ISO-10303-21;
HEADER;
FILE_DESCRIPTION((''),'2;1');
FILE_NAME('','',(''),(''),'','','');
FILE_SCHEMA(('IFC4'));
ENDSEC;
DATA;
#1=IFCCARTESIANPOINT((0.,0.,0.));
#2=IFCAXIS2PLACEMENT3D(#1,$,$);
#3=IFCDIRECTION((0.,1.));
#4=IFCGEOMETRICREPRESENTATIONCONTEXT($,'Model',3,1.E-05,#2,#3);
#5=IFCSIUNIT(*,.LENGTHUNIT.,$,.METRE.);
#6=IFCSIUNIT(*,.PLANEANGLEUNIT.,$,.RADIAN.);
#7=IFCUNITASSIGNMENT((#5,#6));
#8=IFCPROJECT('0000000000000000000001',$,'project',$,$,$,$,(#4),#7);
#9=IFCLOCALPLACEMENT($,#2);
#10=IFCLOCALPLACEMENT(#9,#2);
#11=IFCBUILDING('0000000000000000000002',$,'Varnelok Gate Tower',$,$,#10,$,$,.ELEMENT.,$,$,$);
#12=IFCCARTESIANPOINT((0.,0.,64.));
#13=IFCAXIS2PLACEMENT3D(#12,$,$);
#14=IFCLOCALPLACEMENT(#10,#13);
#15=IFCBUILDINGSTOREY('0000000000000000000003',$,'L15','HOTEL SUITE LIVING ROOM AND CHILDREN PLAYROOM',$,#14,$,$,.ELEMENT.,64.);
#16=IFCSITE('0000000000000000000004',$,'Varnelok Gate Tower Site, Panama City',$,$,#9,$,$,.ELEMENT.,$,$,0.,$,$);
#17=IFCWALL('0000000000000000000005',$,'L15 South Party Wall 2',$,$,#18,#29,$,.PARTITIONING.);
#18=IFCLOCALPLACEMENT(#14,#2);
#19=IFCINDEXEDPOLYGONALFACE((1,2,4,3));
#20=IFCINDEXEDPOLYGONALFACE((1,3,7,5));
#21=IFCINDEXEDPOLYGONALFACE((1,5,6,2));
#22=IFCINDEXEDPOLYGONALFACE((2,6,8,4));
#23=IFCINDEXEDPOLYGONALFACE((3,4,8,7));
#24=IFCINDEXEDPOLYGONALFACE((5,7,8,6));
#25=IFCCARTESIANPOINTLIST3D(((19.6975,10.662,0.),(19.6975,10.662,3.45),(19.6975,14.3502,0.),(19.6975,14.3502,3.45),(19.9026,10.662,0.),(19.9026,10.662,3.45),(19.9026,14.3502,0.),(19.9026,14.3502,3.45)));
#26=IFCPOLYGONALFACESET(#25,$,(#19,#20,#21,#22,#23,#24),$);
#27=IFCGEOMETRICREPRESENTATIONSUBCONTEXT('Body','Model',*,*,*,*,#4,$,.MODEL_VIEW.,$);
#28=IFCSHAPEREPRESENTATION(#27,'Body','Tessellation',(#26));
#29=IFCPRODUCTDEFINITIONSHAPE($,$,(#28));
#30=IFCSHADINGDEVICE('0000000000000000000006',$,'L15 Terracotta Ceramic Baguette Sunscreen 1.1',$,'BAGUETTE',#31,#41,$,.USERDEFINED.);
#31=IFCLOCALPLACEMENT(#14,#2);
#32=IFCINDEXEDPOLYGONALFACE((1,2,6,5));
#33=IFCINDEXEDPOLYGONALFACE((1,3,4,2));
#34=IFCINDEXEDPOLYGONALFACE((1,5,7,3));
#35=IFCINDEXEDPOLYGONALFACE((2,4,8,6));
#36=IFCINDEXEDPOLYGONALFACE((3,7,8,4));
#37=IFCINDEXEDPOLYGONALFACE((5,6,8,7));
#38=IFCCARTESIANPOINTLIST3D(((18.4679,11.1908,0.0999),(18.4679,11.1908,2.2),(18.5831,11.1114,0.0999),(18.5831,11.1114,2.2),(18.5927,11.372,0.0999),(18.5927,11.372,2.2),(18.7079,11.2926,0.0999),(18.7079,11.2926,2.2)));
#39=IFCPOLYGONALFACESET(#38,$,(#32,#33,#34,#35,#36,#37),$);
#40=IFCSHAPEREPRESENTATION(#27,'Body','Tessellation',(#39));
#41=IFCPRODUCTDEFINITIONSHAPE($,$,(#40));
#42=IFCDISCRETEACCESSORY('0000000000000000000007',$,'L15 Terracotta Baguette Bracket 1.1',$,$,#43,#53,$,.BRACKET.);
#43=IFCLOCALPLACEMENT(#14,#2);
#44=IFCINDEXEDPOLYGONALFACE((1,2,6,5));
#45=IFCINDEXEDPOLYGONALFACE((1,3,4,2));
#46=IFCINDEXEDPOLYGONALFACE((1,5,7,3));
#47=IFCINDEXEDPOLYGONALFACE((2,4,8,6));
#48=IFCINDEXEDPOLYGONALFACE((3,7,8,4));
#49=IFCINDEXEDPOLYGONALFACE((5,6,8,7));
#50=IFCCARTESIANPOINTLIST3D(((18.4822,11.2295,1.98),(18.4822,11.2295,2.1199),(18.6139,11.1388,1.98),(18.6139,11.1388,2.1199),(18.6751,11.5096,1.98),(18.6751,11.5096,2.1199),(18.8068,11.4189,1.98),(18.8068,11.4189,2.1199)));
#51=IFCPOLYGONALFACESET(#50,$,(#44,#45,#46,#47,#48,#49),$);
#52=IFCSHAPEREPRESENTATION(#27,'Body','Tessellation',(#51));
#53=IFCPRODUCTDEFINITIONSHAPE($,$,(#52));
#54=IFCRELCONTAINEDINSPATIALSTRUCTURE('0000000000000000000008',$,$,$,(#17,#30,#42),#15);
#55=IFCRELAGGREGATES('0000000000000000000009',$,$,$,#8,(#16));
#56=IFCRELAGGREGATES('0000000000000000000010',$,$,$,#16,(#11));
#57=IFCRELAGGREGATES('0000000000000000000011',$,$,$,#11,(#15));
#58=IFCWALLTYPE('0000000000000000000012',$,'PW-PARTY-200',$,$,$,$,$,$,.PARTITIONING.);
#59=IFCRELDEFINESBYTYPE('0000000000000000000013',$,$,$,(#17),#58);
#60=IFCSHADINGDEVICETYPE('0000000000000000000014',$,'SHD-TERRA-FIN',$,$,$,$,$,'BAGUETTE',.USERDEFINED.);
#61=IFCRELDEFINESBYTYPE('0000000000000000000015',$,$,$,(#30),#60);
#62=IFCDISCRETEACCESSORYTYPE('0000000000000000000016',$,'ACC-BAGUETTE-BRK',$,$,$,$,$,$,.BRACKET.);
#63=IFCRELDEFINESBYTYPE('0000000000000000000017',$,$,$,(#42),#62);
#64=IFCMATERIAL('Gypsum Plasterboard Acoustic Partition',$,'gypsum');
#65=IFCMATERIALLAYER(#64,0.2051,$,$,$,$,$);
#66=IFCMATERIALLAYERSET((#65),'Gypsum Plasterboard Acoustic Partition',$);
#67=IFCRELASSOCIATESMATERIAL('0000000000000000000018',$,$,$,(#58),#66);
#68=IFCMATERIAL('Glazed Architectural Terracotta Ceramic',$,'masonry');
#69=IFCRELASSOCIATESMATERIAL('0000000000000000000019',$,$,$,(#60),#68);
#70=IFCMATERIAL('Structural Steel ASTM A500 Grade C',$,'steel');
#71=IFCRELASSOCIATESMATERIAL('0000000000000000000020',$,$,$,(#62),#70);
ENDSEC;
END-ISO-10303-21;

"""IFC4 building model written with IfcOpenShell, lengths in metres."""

from ifc_helpers import new_model, si_unit, direction, frame, frame_2d, origin, origin_2d, place, context, subcontext, project, spatial, rectangle, extrude, source, transform, mapped, material, layer, layer_set, type_object, element, save


model = new_model("IFC4")

# Units and contexts
model_context = context("Model", 3, precision=1e-05, world=origin(), true_north=direction((0.0, 1.0)))
body_context = subcontext(model_context, "Body", "Model", "MODEL_VIEW")
ifc_project = project(units=[si_unit("LENGTHUNIT", "METRE"), si_unit("PLANEANGLEUNIT", "RADIAN")], contexts=[model_context])

# Site, building, storey
site_placement = place(None, origin())
site = spatial("IfcSite", under=ifc_project, at=site_placement, Name="Varnelok Gate Tower Site, Panama City", CompositionType="ELEMENT", RefElevation=0.0)
building_placement = place(site_placement, origin())
building = spatial("IfcBuilding", under=site, at=building_placement, Name="Varnelok Gate Tower", CompositionType="ELEMENT")
storey_placement = place(building_placement, frame((0.0, 0.0, 64.0)))
storey = spatial("IfcBuildingStorey", under=building, at=storey_placement, Name="L15", Description="HOTEL SUITE LIVING ROOM AND CHILDREN PLAYROOM", CompositionType="ELEMENT", Elevation=64.0)

# Shared definitions
ifc_material_1 = material(Name="Gypsum Plasterboard Acoustic Partition", Category="gypsum")

# Wall
ifc_layer_1 = layer(ifc_material_1, 0.2051)
ifc_layer_set_1 = layer_set([ifc_layer_1], Name="Gypsum Plasterboard Acoustic Partition")
wall_type_1 = type_object("IfcWallType", Name="PW-PARTY-200", PredefinedType="PARTITIONING", material=ifc_layer_set_1)
wall_1_placement = place(storey_placement, frame((19.8, 10.6619, 0.0), z_axis=(0.0, 0.0, 1.0), x_axis=(0.0, 1.0, 0.0)))
element("IfcWall", 1, at=wall_1_placement, inside=storey, type_object=wall_type_1, Name="L15 South Party Wall 2", PredefinedType="PARTITIONING", context=body_context, shape_type="SweptSolid", body=[
    extrude(rectangle(XDim=3.6882, YDim=0.2051, at=frame_2d((1.8442, 0.0))), origin(), (0.0, 0.0, 1.0), 3.45),
])

# Shading device
ifc_material_2 = material(Name="Glazed Architectural Terracotta Ceramic", Category="masonry")
shading_device_type = type_object("IfcShadingDeviceType", Name="SHD-TERRA-FIN", ElementType="BAGUETTE", PredefinedType="USERDEFINED", material=ifc_material_2)
shared_shape_1 = source(origin(), body_context, "Body", "SweptSolid", [
    extrude(rectangle(XDim=0.1399, YDim=0.22, at=origin_2d()), origin(), (0.0, 0.0, 1.0), 2.1001),
])
shading_device_placement = place(storey_placement, frame((18.5879, 11.2417, 0.0999), z_axis=(0.0, 0.0, 1.0), x_axis=(0.823533, -0.567269, 0.0)))
element("IfcShadingDevice", 2, at=shading_device_placement, inside=storey, type_object=shading_device_type, Name="L15 Terracotta Ceramic Baguette Sunscreen 1.1", ObjectType="BAGUETTE", PredefinedType="USERDEFINED", context=body_context, shape_type="MappedRepresentation", body=[
    mapped(shared_shape_1, transform((0.0, 0.0, 0.0), scale=1.0)),
])

# Discrete accessory
ifc_material_3 = material(Name="Structural Steel ASTM A500 Grade C", Category="steel")
discrete_accessory_type = type_object("IfcDiscreteAccessoryType", Name="ACC-BAGUETTE-BRK", PredefinedType="BRACKET", material=ifc_material_3)
shared_shape_2 = source(origin(), body_context, "Body", "SweptSolid", [
    extrude(rectangle(XDim=0.1599, YDim=0.3401, at=origin_2d()), origin(), (0.0, 0.0, 1.0), 0.1399),
])
discrete_accessory_placement = place(storey_placement, frame((18.6445, 11.3242, 1.98), z_axis=(0.0, 0.0, 1.0), x_axis=(0.823533, -0.567269, 0.0)))
element("IfcDiscreteAccessory", 3, at=discrete_accessory_placement, inside=storey, type_object=discrete_accessory_type, Name="L15 Terracotta Baguette Bracket 1.1", PredefinedType="BRACKET", context=body_context, shape_type="MappedRepresentation", body=[
    mapped(shared_shape_2, transform((0.0, 0.0, 0.0), scale=1.0)),
])

save(model, "model.ifc")
